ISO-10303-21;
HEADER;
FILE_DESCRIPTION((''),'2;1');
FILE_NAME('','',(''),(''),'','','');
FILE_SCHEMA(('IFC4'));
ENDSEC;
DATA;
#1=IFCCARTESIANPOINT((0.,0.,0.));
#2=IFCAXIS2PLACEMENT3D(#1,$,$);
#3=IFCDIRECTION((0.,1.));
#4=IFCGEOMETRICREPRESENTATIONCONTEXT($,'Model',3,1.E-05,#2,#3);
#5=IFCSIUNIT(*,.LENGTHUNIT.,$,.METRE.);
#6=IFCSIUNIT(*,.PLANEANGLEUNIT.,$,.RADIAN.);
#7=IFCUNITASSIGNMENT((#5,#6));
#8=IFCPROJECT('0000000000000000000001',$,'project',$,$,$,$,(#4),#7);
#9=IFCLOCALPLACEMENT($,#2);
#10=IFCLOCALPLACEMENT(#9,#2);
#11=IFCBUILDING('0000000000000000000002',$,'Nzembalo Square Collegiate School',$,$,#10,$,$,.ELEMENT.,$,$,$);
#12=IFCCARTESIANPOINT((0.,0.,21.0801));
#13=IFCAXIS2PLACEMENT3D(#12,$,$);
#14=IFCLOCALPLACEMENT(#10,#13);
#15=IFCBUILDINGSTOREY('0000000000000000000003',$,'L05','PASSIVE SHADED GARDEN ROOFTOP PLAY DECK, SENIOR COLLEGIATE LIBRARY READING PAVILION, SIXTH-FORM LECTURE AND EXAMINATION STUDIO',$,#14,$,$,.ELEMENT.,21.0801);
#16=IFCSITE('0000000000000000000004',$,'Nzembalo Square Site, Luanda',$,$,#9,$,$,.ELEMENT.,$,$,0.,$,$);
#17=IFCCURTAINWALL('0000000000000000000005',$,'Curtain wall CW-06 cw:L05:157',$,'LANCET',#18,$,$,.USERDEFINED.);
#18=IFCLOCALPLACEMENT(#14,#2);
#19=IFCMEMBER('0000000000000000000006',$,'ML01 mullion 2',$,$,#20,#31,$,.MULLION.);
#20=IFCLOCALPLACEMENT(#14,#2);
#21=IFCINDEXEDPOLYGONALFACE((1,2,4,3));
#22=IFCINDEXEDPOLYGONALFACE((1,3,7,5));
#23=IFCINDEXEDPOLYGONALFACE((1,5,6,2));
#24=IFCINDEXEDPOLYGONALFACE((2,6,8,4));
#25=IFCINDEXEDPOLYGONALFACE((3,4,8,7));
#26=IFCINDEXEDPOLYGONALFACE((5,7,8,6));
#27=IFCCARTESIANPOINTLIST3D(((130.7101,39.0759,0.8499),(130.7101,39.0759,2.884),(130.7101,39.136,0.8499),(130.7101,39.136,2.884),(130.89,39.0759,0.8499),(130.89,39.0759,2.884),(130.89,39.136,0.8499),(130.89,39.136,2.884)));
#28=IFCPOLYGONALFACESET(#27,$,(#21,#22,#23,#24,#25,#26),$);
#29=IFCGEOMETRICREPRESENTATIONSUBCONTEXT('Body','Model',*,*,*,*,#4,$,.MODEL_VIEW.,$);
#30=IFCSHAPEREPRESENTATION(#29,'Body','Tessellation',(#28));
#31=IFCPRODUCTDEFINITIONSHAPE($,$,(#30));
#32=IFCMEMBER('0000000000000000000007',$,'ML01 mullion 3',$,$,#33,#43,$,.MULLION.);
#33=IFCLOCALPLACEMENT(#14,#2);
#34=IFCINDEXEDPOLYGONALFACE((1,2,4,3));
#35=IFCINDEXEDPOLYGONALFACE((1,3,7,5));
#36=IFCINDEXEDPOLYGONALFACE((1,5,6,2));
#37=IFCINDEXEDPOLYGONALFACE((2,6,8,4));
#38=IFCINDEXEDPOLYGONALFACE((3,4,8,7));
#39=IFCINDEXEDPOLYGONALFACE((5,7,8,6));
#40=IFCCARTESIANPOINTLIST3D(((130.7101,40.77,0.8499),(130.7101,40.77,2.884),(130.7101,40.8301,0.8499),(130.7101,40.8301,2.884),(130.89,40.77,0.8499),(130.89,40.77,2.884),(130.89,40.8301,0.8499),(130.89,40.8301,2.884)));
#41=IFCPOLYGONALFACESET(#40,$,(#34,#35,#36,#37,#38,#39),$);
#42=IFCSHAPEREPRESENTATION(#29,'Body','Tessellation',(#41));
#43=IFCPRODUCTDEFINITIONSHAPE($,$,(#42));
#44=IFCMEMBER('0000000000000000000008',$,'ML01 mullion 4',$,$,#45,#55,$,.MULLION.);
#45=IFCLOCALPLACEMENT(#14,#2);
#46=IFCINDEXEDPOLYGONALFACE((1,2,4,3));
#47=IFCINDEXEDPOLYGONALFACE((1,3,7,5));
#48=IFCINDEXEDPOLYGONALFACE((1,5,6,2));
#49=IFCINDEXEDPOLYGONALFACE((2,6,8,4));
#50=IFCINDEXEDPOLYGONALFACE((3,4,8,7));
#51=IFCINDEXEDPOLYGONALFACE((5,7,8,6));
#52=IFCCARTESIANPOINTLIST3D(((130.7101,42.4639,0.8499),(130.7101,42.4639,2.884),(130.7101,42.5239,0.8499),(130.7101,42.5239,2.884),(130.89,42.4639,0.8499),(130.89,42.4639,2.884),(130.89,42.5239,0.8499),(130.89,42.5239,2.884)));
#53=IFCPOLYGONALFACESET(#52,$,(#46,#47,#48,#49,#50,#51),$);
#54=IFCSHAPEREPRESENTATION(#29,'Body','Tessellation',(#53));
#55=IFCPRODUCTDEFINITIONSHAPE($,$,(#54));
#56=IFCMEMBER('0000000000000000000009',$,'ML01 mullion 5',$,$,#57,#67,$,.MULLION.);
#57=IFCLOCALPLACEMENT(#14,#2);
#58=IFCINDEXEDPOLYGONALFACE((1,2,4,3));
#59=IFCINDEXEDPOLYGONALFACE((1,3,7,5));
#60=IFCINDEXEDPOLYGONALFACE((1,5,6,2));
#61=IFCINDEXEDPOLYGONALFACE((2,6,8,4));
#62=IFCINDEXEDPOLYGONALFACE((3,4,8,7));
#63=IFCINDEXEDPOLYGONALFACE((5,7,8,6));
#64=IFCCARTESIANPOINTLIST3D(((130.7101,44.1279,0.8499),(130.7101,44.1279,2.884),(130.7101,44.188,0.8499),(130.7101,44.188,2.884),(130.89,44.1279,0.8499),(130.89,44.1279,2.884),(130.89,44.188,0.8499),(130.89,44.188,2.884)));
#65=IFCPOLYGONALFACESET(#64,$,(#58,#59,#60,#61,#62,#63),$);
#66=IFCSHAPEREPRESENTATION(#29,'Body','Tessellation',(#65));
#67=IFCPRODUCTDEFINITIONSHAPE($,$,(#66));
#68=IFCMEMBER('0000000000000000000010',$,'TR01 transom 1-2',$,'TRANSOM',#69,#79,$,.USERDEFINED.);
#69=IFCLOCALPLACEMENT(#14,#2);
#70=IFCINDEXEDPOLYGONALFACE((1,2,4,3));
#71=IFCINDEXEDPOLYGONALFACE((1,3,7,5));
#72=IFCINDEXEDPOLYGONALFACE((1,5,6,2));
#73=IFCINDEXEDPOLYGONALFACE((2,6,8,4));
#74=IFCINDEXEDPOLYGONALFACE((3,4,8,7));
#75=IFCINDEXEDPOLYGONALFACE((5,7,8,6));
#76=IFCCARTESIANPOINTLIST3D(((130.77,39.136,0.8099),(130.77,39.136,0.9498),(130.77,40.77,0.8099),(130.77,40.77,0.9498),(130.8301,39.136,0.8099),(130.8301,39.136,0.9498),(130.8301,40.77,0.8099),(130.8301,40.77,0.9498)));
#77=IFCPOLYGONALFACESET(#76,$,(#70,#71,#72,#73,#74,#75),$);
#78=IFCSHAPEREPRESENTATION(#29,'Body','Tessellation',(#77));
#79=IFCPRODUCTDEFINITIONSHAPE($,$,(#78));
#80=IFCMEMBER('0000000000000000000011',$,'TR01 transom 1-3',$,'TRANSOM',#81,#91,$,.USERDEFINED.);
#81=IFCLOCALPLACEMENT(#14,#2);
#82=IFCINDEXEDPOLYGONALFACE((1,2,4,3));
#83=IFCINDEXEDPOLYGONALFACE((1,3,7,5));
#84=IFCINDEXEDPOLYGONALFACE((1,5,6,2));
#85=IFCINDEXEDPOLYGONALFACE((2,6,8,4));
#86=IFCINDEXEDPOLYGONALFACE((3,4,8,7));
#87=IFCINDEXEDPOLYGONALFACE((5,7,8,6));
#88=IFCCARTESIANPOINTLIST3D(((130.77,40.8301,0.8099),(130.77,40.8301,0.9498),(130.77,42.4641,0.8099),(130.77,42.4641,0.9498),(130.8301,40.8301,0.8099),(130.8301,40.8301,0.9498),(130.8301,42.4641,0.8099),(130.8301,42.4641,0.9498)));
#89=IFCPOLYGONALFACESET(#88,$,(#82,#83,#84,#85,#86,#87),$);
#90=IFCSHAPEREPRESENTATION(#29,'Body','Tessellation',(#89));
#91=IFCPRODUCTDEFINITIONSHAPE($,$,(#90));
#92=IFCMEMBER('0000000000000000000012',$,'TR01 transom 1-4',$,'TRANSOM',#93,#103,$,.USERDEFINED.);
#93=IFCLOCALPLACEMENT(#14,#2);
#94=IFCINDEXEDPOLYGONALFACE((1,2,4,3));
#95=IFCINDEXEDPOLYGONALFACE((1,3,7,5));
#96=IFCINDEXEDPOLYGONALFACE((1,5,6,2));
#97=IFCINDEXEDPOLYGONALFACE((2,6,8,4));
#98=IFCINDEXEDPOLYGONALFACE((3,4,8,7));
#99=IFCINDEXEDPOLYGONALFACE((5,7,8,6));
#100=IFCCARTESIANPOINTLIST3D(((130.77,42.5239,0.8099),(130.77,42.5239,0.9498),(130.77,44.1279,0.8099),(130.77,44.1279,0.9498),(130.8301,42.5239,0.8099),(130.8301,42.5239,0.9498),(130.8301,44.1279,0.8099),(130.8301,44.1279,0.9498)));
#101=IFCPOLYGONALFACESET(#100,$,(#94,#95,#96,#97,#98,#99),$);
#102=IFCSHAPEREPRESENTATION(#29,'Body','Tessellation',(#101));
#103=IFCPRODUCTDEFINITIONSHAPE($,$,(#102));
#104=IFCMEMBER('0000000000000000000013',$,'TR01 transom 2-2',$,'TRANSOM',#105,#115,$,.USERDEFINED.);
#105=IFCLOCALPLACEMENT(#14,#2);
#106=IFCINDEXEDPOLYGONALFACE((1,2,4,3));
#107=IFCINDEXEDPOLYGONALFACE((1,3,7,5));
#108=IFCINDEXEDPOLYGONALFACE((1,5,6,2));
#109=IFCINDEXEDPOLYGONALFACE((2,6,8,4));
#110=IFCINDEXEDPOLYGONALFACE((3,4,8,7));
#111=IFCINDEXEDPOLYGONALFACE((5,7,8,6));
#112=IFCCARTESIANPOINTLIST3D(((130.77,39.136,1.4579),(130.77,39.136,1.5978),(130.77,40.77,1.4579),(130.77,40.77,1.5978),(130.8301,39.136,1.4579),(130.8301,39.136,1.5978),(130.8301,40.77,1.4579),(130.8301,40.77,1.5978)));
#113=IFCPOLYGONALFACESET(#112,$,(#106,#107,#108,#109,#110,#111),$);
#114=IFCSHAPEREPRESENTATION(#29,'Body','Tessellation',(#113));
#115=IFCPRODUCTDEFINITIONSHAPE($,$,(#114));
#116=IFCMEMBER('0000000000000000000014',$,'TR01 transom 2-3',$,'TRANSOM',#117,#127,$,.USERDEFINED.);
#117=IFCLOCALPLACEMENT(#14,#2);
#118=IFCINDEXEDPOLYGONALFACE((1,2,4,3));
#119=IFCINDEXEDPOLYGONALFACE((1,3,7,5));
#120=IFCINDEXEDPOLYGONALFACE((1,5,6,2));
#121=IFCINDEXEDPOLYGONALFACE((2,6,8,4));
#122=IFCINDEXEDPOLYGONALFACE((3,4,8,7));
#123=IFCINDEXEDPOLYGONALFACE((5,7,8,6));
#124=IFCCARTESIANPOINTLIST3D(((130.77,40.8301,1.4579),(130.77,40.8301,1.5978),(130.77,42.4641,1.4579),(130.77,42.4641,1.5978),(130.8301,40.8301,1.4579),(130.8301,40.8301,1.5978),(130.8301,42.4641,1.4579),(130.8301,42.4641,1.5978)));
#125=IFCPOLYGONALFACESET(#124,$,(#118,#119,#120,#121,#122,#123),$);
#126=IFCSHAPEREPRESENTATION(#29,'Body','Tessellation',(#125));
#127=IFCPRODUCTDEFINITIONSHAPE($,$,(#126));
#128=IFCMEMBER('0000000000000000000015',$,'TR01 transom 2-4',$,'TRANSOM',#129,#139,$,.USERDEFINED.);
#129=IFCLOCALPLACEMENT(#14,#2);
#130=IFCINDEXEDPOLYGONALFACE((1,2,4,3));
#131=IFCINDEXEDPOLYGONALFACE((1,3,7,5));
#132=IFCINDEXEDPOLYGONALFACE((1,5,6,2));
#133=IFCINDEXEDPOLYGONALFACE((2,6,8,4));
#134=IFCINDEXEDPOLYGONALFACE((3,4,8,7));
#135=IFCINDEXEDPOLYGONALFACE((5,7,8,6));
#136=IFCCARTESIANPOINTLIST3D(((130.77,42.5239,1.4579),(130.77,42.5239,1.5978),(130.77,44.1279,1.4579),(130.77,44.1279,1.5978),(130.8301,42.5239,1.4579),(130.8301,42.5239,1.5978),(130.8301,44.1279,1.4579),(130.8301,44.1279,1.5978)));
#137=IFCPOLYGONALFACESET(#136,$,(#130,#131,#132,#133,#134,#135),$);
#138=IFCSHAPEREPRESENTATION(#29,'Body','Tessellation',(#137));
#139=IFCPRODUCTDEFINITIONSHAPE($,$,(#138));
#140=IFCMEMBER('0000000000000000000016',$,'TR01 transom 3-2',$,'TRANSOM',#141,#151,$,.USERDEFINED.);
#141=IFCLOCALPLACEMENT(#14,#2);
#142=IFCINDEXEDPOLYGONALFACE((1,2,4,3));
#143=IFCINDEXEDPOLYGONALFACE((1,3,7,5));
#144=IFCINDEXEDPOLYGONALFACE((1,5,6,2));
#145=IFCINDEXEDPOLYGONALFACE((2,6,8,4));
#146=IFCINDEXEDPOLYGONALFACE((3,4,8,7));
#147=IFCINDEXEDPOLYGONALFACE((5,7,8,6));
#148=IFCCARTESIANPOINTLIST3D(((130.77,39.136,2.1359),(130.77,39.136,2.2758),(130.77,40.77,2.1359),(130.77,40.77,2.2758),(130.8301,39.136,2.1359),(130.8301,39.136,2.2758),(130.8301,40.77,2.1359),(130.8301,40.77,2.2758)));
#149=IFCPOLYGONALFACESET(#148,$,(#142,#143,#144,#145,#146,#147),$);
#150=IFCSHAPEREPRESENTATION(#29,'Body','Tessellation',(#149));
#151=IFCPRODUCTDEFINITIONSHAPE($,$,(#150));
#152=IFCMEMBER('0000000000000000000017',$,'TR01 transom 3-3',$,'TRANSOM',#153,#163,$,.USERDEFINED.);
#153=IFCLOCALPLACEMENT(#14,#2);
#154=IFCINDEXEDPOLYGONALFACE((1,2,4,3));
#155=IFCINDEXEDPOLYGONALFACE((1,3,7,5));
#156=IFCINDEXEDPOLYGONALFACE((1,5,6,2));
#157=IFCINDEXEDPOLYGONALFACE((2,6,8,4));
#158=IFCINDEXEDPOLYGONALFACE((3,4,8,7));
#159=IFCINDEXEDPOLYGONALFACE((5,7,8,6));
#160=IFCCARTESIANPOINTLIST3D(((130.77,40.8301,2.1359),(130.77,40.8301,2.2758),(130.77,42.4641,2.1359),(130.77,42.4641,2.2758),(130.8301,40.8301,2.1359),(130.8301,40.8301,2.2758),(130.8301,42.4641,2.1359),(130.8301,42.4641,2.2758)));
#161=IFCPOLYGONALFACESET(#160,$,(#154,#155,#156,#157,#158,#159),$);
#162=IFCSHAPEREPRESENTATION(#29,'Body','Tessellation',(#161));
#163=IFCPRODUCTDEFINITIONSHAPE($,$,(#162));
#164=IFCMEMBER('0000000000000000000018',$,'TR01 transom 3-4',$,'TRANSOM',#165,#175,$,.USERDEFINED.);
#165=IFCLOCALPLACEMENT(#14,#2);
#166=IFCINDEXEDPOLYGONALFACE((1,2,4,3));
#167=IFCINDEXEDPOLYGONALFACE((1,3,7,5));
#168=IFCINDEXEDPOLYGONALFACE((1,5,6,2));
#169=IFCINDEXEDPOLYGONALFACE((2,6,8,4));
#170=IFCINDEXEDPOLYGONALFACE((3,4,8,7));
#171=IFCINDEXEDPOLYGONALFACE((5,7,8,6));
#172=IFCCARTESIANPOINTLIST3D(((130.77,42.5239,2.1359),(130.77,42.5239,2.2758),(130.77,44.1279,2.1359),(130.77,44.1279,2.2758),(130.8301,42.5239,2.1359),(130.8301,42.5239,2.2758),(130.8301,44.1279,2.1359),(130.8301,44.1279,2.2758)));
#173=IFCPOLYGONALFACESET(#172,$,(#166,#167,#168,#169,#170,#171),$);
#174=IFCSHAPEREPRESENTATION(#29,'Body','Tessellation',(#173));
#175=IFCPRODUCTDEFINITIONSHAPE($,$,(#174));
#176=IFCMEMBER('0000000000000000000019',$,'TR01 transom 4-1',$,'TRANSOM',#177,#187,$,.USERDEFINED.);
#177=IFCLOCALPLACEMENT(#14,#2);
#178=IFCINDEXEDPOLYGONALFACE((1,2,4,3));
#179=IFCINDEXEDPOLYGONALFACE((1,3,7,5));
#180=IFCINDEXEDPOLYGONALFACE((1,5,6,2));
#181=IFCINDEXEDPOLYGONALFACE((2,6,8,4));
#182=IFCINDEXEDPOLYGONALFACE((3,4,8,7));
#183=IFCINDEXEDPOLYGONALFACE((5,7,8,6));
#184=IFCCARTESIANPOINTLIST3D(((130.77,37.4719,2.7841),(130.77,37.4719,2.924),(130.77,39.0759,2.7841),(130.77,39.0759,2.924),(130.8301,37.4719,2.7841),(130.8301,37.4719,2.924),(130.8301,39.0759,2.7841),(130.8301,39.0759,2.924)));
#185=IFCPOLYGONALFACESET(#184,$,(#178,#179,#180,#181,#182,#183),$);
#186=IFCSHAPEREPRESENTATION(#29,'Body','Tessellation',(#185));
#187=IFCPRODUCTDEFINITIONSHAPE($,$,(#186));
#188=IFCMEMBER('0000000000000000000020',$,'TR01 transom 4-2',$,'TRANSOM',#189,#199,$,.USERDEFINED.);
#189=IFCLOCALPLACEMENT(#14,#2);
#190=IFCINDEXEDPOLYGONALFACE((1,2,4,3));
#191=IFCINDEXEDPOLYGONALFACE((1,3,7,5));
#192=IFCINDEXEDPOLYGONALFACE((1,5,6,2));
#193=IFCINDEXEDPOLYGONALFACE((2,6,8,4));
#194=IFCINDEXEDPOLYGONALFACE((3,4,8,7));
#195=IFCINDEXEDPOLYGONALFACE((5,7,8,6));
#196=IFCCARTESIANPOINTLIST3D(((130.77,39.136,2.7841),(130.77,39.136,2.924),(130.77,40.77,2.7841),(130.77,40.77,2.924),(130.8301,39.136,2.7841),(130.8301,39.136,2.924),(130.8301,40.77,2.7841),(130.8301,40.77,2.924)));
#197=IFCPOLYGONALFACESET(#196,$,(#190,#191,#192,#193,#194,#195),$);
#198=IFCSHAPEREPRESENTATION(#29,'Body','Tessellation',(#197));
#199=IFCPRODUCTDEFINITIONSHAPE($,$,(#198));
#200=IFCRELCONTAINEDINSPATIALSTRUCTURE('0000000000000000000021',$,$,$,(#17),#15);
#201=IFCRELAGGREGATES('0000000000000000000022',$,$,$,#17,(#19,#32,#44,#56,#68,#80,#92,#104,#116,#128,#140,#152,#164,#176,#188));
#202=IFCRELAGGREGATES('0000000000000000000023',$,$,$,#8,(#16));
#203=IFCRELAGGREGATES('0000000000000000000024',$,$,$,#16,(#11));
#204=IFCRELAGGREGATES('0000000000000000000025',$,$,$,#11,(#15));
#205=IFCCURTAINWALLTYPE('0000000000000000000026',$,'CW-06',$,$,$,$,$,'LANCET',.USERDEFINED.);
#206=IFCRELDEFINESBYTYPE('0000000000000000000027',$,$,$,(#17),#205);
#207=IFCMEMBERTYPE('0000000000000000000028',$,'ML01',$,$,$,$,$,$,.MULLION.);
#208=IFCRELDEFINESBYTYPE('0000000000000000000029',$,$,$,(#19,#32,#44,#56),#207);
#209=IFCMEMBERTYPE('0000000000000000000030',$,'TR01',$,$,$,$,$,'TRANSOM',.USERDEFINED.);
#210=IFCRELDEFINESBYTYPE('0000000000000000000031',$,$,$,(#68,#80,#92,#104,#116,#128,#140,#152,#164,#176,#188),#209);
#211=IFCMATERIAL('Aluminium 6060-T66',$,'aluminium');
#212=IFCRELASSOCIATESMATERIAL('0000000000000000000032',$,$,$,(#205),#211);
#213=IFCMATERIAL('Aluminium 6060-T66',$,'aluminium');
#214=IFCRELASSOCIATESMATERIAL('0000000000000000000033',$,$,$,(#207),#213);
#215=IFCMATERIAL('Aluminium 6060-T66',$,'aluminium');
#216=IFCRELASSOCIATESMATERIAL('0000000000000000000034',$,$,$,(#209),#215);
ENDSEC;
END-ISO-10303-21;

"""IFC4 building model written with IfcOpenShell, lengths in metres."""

from ifc_helpers import new_model, si_unit, direction, frame, origin, origin_2d, place, context, subcontext, project, spatial, rectangle, extrude, material, material_profile, profile_set, type_object, element, aggregate, save


model = new_model("IFC4")

# Units and contexts
model_context = context("Model", 3, precision=1e-05, world=origin(), true_north=direction((0.0, 1.0)))
body_context = subcontext(model_context, "Body", "Model", "MODEL_VIEW")
ifc_project = project(units=[si_unit("LENGTHUNIT", "METRE"), si_unit("PLANEANGLEUNIT", "RADIAN")], contexts=[model_context])

# Site, building, storey
site_placement = place(None, origin())
site = spatial("IfcSite", under=ifc_project, at=site_placement, Name="Nzembalo Square Site, Luanda", CompositionType="ELEMENT", RefElevation=0.0)
building_placement = place(site_placement, origin())
building = spatial("IfcBuilding", under=site, at=building_placement, Name="Nzembalo Square Collegiate School", CompositionType="ELEMENT")
storey_placement = place(building_placement, frame((0.0, 0.0, 21.0801)))
storey = spatial("IfcBuildingStorey", under=building, at=storey_placement, Name="L05", Description="PASSIVE SHADED GARDEN ROOFTOP PLAY DECK, SENIOR COLLEGIATE LIBRARY READING PAVILION, SIXTH-FORM LECTURE AND EXAMINATION STUDIO", CompositionType="ELEMENT", Elevation=21.0801)

# Curtain wall, members
ifc_material_1 = material(Name="Aluminium 6060-T66", Category="aluminium")
curtain_wall_type = type_object("IfcCurtainWallType", Name="CW-06", ElementType="LANCET", PredefinedType="USERDEFINED", material=ifc_material_1)
curtain_wall_placement = place(storey_placement, origin())
curtain_wall = element("IfcCurtainWall", 1, at=curtain_wall_placement, inside=storey, type_object=curtain_wall_type, Name="Curtain wall CW-06 cw:L05:157", ObjectType="LANCET", PredefinedType="USERDEFINED")
ifc_material_2 = material(Name="Aluminium 6060-T66", Category="aluminium")
ifc_material_profile_1 = material_profile(ifc_material_2, rectangle(XDim=0.0601, YDim=0.1799, at=origin_2d()), Name="ALU M60x180")
ifc_profile_set_1 = profile_set([ifc_material_profile_1], Name="Aluminium 6060-T66")
member_type_1 = type_object("IfcMemberType", Name="ML01", PredefinedType="MULLION", material=ifc_profile_set_1)
member_1_placement = place(storey_placement, frame((130.8, 39.106, 0.8499), z_axis=(0.0, 0.0, 1.0), x_axis=(0.0, 1.0, 0.0)))
member_1 = element("IfcMember", 2, at=member_1_placement, type_object=member_type_1, Name="ML01 mullion 2", PredefinedType="MULLION", context=body_context, shape_type="SweptSolid", body=[
    extrude(rectangle(XDim=0.0601, YDim=0.1799, at=origin_2d()), origin(), (0.0, 0.0, 1.0), 2.0342),
])
member_2_placement = place(storey_placement, frame((130.8, 40.8, 0.8499), z_axis=(0.0, 0.0, 1.0), x_axis=(0.0, 1.0, 0.0)))
member_2 = element("IfcMember", 3, at=member_2_placement, type_object=member_type_1, Name="ML01 mullion 3", PredefinedType="MULLION", context=body_context, shape_type="SweptSolid", body=[
    extrude(rectangle(XDim=0.0601, YDim=0.1799, at=origin_2d()), origin(), (0.0, 0.0, 1.0), 2.0342),
])
member_3_placement = place(storey_placement, frame((130.8, 42.4939, 0.8499), z_axis=(0.0, 0.0, 1.0), x_axis=(0.0, 1.0, 0.0)))
member_3 = element("IfcMember", 4, at=member_3_placement, type_object=member_type_1, Name="ML01 mullion 4", PredefinedType="MULLION", context=body_context, shape_type="SweptSolid", body=[
    extrude(rectangle(XDim=0.0601, YDim=0.1799, at=origin_2d()), origin(), (0.0, 0.0, 1.0), 2.0342),
])
member_4_placement = place(storey_placement, frame((130.8, 44.158, 0.8499), z_axis=(0.0, 0.0, 1.0), x_axis=(0.0, 1.0, 0.0)))
member_4 = element("IfcMember", 5, at=member_4_placement, type_object=member_type_1, Name="ML01 mullion 5", PredefinedType="MULLION", context=body_context, shape_type="SweptSolid", body=[
    extrude(rectangle(XDim=0.0601, YDim=0.1799, at=origin_2d()), origin(), (0.0, 0.0, 1.0), 2.0342),
])
ifc_material_3 = material(Name="Aluminium 6060-T66", Category="aluminium")
ifc_material_profile_2 = material_profile(ifc_material_3, rectangle(XDim=0.0601, YDim=0.1399, at=origin_2d()), Name="ALU T60x140")
ifc_profile_set_2 = profile_set([ifc_material_profile_2], Name="Aluminium 6060-T66")
member_type_2 = type_object("IfcMemberType", Name="TR01", ElementType="TRANSOM", PredefinedType="USERDEFINED", material=ifc_profile_set_2)
member_5_placement = place(storey_placement, frame((130.8, 39.136, 0.8799), z_axis=(0.0, 1.0, 0.0), x_axis=(-1.0, 0.0, 0.0)))
member_5 = element("IfcMember", 6, at=member_5_placement, type_object=member_type_2, Name="TR01 transom 1-2", ObjectType="TRANSOM", PredefinedType="USERDEFINED", context=body_context, shape_type="SweptSolid", body=[
    extrude(rectangle(XDim=0.0601, YDim=0.1399, at=origin_2d()), origin(), (0.0, 0.0, 1.0), 1.634),
])
member_6_placement = place(storey_placement, frame((130.8, 40.8301, 0.8799), z_axis=(0.0, 1.0, 0.0), x_axis=(-1.0, 0.0, 0.0)))
member_6 = element("IfcMember", 7, at=member_6_placement, type_object=member_type_2, Name="TR01 transom 1-3", ObjectType="TRANSOM", PredefinedType="USERDEFINED", context=body_context, shape_type="SweptSolid", body=[
    extrude(rectangle(XDim=0.0601, YDim=0.1399, at=origin_2d()), origin(), (0.0, 0.0, 1.0), 1.634),
])
member_7_placement = place(storey_placement, frame((130.8, 42.5239, 0.8799), z_axis=(0.0, 1.0, 0.0), x_axis=(-1.0, 0.0, 0.0)))
member_7 = element("IfcMember", 8, at=member_7_placement, type_object=member_type_2, Name="TR01 transom 1-4", ObjectType="TRANSOM", PredefinedType="USERDEFINED", context=body_context, shape_type="SweptSolid", body=[
    extrude(rectangle(XDim=0.0601, YDim=0.1399, at=origin_2d()), origin(), (0.0, 0.0, 1.0), 1.604),
])
member_8_placement = place(storey_placement, frame((130.8, 39.136, 1.5278), z_axis=(0.0, 1.0, 0.0), x_axis=(-1.0, 0.0, 0.0)))
member_8 = element("IfcMember", 9, at=member_8_placement, type_object=member_type_2, Name="TR01 transom 2-2", ObjectType="TRANSOM", PredefinedType="USERDEFINED", context=body_context, shape_type="SweptSolid", body=[
    extrude(rectangle(XDim=0.0601, YDim=0.1399, at=origin_2d()), origin(), (0.0, 0.0, 1.0), 1.634),
])
member_9_placement = place(storey_placement, frame((130.8, 40.8301, 1.5278), z_axis=(0.0, 1.0, 0.0), x_axis=(-1.0, 0.0, 0.0)))
member_9 = element("IfcMember", 10, at=member_9_placement, type_object=member_type_2, Name="TR01 transom 2-3", ObjectType="TRANSOM", PredefinedType="USERDEFINED", context=body_context, shape_type="SweptSolid", body=[
    extrude(rectangle(XDim=0.0601, YDim=0.1399, at=origin_2d()), origin(), (0.0, 0.0, 1.0), 1.634),
])
member_10_placement = place(storey_placement, frame((130.8, 42.5239, 1.5278), z_axis=(0.0, 1.0, 0.0), x_axis=(-1.0, 0.0, 0.0)))
member_10 = element("IfcMember", 11, at=member_10_placement, type_object=member_type_2, Name="TR01 transom 2-4", ObjectType="TRANSOM", PredefinedType="USERDEFINED", context=body_context, shape_type="SweptSolid", body=[
    extrude(rectangle(XDim=0.0601, YDim=0.1399, at=origin_2d()), origin(), (0.0, 0.0, 1.0), 1.604),
])
member_11_placement = place(storey_placement, frame((130.8, 39.136, 2.2058), z_axis=(0.0, 1.0, 0.0), x_axis=(-1.0, 0.0, 0.0)))
member_11 = element("IfcMember", 12, at=member_11_placement, type_object=member_type_2, Name="TR01 transom 3-2", ObjectType="TRANSOM", PredefinedType="USERDEFINED", context=body_context, shape_type="SweptSolid", body=[
    extrude(rectangle(XDim=0.0601, YDim=0.1399, at=origin_2d()), origin(), (0.0, 0.0, 1.0), 1.634),
])
member_12_placement = place(storey_placement, frame((130.8, 40.8301, 2.2058), z_axis=(0.0, 1.0, 0.0), x_axis=(-1.0, 0.0, 0.0)))
member_12 = element("IfcMember", 13, at=member_12_placement, type_object=member_type_2, Name="TR01 transom 3-3", ObjectType="TRANSOM", PredefinedType="USERDEFINED", context=body_context, shape_type="SweptSolid", body=[
    extrude(rectangle(XDim=0.0601, YDim=0.1399, at=origin_2d()), origin(), (0.0, 0.0, 1.0), 1.634),
])
member_13_placement = place(storey_placement, frame((130.8, 42.5239, 2.2058), z_axis=(0.0, 1.0, 0.0), x_axis=(-1.0, 0.0, 0.0)))
member_13 = element("IfcMember", 14, at=member_13_placement, type_object=member_type_2, Name="TR01 transom 3-4", ObjectType="TRANSOM", PredefinedType="USERDEFINED", context=body_context, shape_type="SweptSolid", body=[
    extrude(rectangle(XDim=0.0601, YDim=0.1399, at=origin_2d()), origin(), (0.0, 0.0, 1.0), 1.604),
])
member_14_placement = place(storey_placement, frame((130.8, 37.4719, 2.854), z_axis=(0.0, 1.0, 0.0), x_axis=(-1.0, 0.0, 0.0)))
member_14 = element("IfcMember", 15, at=member_14_placement, type_object=member_type_2, Name="TR01 transom 4-1", ObjectType="TRANSOM", PredefinedType="USERDEFINED", context=body_context, shape_type="SweptSolid", body=[
    extrude(rectangle(XDim=0.0601, YDim=0.1399, at=origin_2d()), origin(), (0.0, 0.0, 1.0), 1.604),
])
member_15_placement = place(storey_placement, frame((130.8, 39.136, 2.854), z_axis=(0.0, 1.0, 0.0), x_axis=(-1.0, 0.0, 0.0)))
member_15 = element("IfcMember", 16, at=member_15_placement, type_object=member_type_2, Name="TR01 transom 4-2", ObjectType="TRANSOM", PredefinedType="USERDEFINED", context=body_context, shape_type="SweptSolid", body=[
    extrude(rectangle(XDim=0.0601, YDim=0.1399, at=origin_2d()), origin(), (0.0, 0.0, 1.0), 1.634),
])
aggregate(curtain_wall, [member_1, member_2, member_3, member_4, member_5, member_6, member_7, member_8, member_9, member_10, member_11, member_12, member_13, member_14, member_15])

save(model, "model.ifc")
